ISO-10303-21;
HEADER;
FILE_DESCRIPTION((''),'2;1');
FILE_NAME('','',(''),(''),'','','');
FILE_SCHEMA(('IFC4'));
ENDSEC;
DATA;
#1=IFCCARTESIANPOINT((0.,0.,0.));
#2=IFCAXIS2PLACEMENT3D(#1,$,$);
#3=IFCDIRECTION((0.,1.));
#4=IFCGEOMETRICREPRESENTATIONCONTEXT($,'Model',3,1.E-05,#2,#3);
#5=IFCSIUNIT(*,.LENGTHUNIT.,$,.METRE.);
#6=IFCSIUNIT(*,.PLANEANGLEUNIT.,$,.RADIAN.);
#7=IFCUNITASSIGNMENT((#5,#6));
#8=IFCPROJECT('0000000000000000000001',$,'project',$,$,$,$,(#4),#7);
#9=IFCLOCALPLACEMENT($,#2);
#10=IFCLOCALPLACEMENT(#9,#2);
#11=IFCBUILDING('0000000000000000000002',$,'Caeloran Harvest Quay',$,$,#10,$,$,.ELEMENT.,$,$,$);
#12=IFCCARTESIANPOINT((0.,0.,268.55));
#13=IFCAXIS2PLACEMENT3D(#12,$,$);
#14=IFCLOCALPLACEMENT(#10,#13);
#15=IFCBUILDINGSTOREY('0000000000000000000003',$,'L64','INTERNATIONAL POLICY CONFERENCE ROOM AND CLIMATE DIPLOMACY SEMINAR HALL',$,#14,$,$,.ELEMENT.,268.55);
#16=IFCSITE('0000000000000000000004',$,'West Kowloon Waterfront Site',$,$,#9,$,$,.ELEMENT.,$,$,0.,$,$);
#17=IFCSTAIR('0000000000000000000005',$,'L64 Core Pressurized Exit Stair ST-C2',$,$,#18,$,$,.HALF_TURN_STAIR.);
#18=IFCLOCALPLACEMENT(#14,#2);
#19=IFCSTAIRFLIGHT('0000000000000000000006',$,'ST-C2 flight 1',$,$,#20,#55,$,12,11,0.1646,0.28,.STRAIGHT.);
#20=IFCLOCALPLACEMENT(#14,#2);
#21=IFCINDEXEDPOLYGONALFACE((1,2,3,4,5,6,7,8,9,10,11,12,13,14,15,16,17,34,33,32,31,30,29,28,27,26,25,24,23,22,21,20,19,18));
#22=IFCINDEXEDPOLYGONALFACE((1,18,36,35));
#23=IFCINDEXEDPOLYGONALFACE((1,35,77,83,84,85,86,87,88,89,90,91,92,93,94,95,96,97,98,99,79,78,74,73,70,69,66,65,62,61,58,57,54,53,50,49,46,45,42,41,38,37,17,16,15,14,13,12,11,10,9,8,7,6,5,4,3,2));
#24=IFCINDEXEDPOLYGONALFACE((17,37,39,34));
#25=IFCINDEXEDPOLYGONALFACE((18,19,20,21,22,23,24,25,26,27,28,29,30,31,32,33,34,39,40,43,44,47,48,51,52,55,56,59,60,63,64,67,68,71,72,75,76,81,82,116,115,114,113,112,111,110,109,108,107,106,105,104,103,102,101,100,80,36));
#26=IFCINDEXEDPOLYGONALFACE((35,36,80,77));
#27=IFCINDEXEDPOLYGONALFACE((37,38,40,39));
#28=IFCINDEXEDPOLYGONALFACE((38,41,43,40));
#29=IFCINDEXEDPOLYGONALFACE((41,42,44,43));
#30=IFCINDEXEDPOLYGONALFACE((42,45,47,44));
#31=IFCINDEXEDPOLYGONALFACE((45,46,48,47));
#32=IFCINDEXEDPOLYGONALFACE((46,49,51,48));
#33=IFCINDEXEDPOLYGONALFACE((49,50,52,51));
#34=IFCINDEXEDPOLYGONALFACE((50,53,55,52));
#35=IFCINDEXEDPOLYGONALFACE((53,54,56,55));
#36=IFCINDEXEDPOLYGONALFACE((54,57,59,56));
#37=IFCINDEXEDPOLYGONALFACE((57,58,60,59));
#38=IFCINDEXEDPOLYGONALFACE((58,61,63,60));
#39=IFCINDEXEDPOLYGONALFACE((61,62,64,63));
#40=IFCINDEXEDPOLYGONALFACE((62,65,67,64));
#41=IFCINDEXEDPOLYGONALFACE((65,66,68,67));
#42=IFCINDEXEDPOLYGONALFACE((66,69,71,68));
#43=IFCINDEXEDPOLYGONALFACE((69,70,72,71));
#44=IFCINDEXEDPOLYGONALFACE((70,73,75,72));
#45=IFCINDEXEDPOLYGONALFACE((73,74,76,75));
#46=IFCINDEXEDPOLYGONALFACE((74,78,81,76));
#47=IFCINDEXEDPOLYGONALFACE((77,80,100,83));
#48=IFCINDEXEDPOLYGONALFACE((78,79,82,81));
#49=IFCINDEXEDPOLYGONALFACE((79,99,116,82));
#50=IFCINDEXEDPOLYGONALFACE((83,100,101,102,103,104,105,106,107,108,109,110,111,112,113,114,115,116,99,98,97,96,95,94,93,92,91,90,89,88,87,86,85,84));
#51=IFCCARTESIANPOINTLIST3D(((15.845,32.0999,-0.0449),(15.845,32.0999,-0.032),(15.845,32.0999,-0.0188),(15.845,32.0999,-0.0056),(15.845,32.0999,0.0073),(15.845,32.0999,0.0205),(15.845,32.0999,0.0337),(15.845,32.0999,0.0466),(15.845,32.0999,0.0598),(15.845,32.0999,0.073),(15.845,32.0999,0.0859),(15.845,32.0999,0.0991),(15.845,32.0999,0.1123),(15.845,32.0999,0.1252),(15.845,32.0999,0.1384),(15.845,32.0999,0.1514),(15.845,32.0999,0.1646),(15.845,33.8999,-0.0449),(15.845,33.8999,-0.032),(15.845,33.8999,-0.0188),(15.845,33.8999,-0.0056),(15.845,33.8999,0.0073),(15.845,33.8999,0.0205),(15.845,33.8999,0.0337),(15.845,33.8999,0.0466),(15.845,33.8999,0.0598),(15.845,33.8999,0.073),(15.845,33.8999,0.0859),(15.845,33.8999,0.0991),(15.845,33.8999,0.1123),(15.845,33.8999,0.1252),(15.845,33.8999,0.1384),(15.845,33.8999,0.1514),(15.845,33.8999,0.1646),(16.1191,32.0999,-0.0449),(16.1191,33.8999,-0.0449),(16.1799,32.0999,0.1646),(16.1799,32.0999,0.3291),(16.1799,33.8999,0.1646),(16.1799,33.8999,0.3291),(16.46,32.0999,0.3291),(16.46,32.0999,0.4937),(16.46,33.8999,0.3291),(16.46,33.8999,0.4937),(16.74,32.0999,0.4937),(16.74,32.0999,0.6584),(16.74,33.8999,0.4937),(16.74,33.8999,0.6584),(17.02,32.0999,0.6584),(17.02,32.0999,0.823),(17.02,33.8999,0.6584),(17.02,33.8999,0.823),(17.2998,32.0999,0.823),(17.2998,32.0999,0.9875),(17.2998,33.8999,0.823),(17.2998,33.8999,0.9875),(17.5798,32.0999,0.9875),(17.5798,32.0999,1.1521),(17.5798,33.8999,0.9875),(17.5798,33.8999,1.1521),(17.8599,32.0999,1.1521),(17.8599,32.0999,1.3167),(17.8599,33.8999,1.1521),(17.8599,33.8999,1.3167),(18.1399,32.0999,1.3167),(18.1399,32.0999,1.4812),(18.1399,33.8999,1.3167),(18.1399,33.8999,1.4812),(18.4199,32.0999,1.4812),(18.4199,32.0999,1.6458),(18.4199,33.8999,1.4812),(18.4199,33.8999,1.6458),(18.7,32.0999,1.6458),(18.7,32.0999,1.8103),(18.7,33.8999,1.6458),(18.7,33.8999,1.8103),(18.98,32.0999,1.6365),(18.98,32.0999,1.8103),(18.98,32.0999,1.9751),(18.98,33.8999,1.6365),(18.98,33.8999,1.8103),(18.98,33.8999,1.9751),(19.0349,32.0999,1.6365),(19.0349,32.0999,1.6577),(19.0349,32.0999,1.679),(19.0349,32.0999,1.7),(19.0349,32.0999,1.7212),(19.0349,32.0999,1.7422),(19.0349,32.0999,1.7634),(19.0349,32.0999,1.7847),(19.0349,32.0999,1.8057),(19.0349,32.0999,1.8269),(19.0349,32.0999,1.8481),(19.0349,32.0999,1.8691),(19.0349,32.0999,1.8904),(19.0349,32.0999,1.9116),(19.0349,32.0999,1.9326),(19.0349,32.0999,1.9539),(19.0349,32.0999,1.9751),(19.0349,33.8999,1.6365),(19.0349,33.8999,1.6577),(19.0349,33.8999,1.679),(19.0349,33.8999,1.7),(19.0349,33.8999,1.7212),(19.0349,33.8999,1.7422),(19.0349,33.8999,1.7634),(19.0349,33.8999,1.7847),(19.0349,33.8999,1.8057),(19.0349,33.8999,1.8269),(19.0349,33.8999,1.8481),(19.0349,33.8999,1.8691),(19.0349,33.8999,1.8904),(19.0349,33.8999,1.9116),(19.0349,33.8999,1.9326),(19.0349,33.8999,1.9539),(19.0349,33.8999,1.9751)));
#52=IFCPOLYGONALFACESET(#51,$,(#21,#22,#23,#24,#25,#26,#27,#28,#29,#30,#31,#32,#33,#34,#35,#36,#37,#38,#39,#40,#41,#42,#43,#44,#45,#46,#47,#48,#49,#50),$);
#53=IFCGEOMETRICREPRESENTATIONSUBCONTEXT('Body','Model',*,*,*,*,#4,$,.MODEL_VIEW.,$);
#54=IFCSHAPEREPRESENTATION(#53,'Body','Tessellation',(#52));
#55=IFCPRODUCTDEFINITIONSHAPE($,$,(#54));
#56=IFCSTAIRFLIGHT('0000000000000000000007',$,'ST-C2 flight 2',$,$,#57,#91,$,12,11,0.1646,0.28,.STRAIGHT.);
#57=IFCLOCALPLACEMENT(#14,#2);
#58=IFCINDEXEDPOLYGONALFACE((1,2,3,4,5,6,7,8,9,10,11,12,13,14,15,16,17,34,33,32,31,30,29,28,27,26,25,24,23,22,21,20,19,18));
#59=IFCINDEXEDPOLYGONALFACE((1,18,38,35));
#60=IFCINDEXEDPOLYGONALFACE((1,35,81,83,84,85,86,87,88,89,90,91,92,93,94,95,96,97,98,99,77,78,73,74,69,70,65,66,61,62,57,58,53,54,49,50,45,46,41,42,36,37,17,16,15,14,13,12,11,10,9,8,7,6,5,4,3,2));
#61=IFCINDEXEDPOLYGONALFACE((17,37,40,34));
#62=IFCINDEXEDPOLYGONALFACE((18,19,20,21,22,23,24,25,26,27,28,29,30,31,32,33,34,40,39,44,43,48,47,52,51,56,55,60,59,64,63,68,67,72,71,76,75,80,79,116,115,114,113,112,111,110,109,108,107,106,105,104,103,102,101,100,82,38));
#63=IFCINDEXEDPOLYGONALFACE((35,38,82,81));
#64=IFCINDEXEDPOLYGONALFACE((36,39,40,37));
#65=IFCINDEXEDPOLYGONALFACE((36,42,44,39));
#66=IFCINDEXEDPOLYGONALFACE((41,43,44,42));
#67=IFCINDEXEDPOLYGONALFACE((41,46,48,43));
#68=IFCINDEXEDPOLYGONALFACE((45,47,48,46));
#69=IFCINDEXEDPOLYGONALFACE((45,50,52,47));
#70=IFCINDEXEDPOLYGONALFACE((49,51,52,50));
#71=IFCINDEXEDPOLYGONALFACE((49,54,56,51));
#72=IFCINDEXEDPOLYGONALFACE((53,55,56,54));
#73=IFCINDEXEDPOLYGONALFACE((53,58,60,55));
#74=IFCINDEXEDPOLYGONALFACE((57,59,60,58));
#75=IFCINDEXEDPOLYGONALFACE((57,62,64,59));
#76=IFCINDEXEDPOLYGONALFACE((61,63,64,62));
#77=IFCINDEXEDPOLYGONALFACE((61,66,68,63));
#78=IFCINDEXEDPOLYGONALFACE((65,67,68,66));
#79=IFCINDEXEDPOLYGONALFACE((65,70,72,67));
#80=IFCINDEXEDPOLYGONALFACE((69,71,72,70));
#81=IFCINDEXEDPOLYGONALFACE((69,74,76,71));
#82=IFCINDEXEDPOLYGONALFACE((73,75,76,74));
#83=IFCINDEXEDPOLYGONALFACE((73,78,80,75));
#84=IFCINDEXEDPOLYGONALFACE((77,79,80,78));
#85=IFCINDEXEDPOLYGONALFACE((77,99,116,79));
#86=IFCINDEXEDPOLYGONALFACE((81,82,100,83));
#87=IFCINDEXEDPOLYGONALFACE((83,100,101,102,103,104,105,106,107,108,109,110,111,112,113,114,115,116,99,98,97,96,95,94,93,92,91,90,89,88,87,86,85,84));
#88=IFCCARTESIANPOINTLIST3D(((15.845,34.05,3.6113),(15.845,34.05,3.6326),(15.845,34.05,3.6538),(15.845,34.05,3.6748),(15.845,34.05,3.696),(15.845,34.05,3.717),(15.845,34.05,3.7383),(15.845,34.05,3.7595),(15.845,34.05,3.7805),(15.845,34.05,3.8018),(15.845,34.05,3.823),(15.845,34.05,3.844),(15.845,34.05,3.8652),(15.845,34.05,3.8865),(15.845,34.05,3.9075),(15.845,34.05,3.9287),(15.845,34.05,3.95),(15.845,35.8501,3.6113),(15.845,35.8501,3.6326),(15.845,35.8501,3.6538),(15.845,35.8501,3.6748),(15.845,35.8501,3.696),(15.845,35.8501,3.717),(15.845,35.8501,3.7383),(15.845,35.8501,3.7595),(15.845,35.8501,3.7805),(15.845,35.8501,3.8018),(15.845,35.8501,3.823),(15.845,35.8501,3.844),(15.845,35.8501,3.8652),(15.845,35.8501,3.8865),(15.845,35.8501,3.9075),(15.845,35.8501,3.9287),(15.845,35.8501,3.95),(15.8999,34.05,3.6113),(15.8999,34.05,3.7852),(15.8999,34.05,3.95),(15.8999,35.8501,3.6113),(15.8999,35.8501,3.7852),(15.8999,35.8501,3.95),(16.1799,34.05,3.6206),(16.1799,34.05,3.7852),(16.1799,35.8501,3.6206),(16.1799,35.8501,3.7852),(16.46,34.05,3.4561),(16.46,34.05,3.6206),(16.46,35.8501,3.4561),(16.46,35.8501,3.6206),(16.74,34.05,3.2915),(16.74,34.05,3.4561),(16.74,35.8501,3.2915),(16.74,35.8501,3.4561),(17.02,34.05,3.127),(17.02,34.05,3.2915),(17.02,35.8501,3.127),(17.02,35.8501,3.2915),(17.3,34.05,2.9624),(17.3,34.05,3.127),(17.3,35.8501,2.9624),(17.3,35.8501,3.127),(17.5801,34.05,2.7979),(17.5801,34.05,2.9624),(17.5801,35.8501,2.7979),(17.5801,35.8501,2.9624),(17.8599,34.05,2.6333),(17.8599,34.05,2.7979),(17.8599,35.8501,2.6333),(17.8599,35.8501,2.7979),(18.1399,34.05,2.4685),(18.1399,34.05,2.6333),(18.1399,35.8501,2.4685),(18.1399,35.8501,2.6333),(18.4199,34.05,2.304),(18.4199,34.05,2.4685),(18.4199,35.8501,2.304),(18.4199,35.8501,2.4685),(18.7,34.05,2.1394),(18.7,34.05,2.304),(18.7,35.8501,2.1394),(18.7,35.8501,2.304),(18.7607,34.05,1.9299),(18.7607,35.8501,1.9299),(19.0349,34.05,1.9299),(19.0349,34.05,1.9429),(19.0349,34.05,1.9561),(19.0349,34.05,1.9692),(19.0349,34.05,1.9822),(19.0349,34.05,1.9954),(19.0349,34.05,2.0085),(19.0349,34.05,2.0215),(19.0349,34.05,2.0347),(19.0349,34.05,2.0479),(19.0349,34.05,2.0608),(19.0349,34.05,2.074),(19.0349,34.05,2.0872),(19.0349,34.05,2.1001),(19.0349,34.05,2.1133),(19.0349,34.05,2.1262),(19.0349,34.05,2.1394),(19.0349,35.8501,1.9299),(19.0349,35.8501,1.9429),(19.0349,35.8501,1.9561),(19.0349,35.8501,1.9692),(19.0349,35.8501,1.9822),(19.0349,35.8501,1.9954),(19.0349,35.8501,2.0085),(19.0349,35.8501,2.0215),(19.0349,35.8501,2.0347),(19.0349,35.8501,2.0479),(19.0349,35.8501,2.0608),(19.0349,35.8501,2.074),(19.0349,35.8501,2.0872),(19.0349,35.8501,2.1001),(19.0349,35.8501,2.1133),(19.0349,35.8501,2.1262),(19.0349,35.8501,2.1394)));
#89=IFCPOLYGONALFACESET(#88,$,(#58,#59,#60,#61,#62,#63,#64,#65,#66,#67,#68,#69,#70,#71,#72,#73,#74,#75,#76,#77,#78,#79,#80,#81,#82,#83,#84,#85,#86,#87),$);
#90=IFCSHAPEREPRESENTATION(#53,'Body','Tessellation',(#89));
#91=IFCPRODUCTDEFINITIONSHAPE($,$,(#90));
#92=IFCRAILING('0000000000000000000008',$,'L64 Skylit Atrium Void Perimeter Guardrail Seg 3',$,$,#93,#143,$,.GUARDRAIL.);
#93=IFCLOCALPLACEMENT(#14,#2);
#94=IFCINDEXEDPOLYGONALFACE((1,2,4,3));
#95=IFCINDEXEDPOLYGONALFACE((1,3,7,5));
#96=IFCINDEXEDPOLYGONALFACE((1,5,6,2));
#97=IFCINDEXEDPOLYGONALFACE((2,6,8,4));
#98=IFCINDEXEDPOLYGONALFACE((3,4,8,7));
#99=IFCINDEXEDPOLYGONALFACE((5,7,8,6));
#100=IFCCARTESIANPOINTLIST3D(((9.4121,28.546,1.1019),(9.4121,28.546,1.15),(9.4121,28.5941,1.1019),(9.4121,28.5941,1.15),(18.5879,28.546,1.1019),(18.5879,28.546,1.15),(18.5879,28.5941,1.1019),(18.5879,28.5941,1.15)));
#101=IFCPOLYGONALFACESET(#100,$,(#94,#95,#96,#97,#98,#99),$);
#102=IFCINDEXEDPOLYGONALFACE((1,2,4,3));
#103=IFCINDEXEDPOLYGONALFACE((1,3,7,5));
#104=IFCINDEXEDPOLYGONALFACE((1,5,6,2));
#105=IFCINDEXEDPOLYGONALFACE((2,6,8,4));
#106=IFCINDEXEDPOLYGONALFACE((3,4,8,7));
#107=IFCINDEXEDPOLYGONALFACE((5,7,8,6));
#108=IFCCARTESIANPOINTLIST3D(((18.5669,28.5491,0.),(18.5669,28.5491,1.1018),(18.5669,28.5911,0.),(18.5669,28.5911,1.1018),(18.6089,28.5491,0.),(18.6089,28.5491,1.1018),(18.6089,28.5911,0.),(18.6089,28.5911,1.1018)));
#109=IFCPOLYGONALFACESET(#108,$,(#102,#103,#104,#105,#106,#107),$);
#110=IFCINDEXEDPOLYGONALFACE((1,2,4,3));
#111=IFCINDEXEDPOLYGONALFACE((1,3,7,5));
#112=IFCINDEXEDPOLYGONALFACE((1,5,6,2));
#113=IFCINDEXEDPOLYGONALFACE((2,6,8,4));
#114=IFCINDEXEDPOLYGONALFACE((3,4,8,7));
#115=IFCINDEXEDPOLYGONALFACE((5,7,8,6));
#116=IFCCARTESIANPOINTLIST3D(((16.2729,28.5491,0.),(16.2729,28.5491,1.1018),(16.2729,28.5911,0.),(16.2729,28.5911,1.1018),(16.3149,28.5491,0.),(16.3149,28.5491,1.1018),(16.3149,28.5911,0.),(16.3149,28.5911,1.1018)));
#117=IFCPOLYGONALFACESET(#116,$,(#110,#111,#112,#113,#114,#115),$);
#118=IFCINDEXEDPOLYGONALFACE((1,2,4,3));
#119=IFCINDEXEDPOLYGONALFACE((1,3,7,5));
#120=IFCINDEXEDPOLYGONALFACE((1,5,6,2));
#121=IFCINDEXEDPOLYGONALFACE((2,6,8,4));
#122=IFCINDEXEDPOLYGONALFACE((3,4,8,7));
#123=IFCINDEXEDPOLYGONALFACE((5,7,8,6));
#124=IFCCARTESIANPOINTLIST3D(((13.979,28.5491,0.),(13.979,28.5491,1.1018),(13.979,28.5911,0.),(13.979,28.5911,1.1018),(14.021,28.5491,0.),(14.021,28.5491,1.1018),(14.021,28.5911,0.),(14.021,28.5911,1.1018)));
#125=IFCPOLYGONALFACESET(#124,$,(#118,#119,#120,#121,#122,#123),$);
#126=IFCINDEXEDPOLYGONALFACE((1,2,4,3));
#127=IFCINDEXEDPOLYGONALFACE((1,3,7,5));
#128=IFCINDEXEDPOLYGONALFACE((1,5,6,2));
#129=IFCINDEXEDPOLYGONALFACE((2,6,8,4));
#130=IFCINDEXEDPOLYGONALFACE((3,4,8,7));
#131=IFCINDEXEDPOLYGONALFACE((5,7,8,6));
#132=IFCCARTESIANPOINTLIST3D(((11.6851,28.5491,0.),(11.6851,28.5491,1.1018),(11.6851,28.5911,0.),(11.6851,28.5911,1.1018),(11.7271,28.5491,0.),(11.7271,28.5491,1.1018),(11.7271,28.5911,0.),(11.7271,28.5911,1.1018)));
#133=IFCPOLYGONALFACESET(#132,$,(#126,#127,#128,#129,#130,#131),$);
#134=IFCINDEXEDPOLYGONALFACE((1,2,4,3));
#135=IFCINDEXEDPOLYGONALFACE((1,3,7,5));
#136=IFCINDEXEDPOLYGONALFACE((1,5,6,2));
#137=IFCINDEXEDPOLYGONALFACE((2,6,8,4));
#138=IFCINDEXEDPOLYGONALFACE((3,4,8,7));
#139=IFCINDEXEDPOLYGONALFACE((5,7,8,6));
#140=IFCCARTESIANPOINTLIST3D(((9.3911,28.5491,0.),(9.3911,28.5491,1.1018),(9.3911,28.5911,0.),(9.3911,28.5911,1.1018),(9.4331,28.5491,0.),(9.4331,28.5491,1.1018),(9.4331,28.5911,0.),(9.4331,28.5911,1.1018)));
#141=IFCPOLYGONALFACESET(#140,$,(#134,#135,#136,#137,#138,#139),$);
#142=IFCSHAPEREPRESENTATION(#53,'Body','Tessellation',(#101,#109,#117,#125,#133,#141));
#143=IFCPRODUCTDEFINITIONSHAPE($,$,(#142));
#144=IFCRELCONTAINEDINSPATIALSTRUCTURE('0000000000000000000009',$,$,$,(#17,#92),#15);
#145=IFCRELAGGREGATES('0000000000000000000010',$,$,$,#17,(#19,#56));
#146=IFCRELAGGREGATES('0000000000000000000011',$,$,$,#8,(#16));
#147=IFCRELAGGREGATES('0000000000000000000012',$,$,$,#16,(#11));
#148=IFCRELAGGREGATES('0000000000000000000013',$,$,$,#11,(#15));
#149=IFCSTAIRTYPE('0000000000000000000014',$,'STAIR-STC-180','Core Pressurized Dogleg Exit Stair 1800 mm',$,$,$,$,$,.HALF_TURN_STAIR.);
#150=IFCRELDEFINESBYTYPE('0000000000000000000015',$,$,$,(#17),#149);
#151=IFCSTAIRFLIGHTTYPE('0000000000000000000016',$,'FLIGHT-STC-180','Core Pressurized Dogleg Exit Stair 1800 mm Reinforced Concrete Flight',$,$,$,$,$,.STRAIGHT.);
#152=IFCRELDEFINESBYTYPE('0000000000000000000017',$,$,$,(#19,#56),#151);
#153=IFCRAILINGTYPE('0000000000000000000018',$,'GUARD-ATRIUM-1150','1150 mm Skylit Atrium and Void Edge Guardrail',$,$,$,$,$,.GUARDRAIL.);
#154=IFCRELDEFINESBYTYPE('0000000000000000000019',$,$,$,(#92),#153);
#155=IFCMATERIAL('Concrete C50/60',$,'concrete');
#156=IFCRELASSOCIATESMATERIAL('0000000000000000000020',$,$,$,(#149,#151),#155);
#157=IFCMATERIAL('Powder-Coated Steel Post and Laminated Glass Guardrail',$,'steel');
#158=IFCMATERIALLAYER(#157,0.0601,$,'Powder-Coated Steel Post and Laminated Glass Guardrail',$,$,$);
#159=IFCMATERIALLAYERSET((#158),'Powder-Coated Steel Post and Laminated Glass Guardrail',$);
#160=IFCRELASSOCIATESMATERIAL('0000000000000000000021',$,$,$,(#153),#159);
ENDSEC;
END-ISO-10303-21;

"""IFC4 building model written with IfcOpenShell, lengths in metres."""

from ifc_helpers import new_model, si_unit, direction, frame, origin, origin_2d, place, context, subcontext, project, spatial, polyline, rectangle, outline, extrude, material, layer, layer_set, type_object, element, aggregate, save


model = new_model("IFC4")

# Units and contexts
model_context = context("Model", 3, precision=1e-05, world=origin(), true_north=direction((0.0, 1.0)))
body_context = subcontext(model_context, "Body", "Model", "MODEL_VIEW")
ifc_project = project(units=[si_unit("LENGTHUNIT", "METRE"), si_unit("PLANEANGLEUNIT", "RADIAN")], contexts=[model_context])

# Site, building, storey
site_placement = place(None, origin())
site = spatial("IfcSite", under=ifc_project, at=site_placement, Name="West Kowloon Waterfront Site", CompositionType="ELEMENT", RefElevation=0.0)
building_placement = place(site_placement, origin())
building = spatial("IfcBuilding", under=site, at=building_placement, Name="Caeloran Harvest Quay", CompositionType="ELEMENT")
storey_placement = place(building_placement, frame((0.0, 0.0, 268.55)))
storey = spatial("IfcBuildingStorey", under=building, at=storey_placement, Name="L64", Description="INTERNATIONAL POLICY CONFERENCE ROOM AND CLIMATE DIPLOMACY SEMINAR HALL", CompositionType="ELEMENT", Elevation=268.55)

# Shared definitions
ifc_material_1 = material(Name="Concrete C50/60", Category="concrete")
stair_type = type_object("IfcStairType", Name="STAIR-STC-180", Description="Core Pressurized Dogleg Exit Stair 1800 mm", PredefinedType="HALF_TURN_STAIR", material=ifc_material_1)
stair_flight_type = type_object("IfcStairFlightType", Name="FLIGHT-STC-180", Description="Core Pressurized Dogleg Exit Stair 1800 mm Reinforced Concrete Flight", PredefinedType="STRAIGHT", material=ifc_material_1)

# Stair, stair flights
stair_1_placement = place(storey_placement, origin())
stair_1 = element("IfcStair", 1, at=stair_1_placement, inside=storey, type_object=stair_type, Name="L64 Core Pressurized Exit Stair ST-C2", PredefinedType="HALF_TURN_STAIR")
stair_flight_1_placement = place(storey_placement, frame((15.8999, 33.0, 0.0), z_axis=(0.0, 0.0, 1.0), x_axis=(1.0, 0.0, 0.0)))
stair_flight_1 = element("IfcStairFlight", 2, at=stair_flight_1_placement, type_object=stair_flight_type, Name="ST-C2 flight 1", NumberOfRisers=12, NumberOfTreads=11, PredefinedType="STRAIGHT", RiserHeight=0.1646, TreadLength=0.28, context=body_context, shape_type="SweptSolid", body=[
    extrude(outline(polyline([(-0.0549, -0.0449), (-0.0549, -0.032), (-0.0549, -0.0188), (-0.0549, -0.0056), (-0.0549, 0.0073), (-0.0549, 0.0205), (-0.0549, 0.0337), (-0.0549, 0.0466), (-0.0549, 0.0598), (-0.0549, 0.073), (-0.0549, 0.0859), (-0.0549, 0.0991), (-0.0549, 0.1123), (-0.0549, 0.1252), (-0.0549, 0.1384), (-0.0549, 0.1514), (-0.0549, 0.1646), (0.28, 0.1646), (0.28, 0.3291), (0.5601, 0.3291), (0.5601, 0.4937), (0.8401, 0.4937), (0.8401, 0.6584), (1.1201, 0.6584), (1.1201, 0.823), (1.3999, 0.823), (1.3999, 0.9875), (1.6799, 0.9875), (1.6799, 1.1521), (1.96, 1.1521), (1.96, 1.3167), (2.24, 1.3167), (2.24, 1.4812), (2.52, 1.4812), (2.52, 1.6458), (2.8, 1.6458), (2.8, 1.8103), (3.0801, 1.8103), (3.0801, 1.9751), (3.135, 1.9751), (3.135, 1.9539), (3.135, 1.9326), (3.135, 1.9116), (3.135, 1.8904), (3.135, 1.8691), (3.135, 1.8481), (3.135, 1.8269), (3.135, 1.8057), (3.135, 1.7847), (3.135, 1.7634), (3.135, 1.7422), (3.135, 1.7212), (3.135, 1.7), (3.135, 1.679), (3.135, 1.6577), (3.135, 1.6365), (3.0801, 1.6365), (0.2192, -0.0449), (-0.0549, -0.0449)])), frame((0.0, 0.8999, 0.0), z_axis=(0.0, -1.0, 0.0), x_axis=(1.0, 0.0, 0.0)), (0.0, 0.0, 1.0), 1.8),
])
stair_flight_2_placement = place(storey_placement, frame((18.98, 34.95, 1.9749), z_axis=(0.0, 0.0, 1.0), x_axis=(-1.0, 0.0, 0.0)))
stair_flight_2 = element("IfcStairFlight", 3, at=stair_flight_2_placement, type_object=stair_flight_type, Name="ST-C2 flight 2", NumberOfRisers=12, NumberOfTreads=11, PredefinedType="STRAIGHT", RiserHeight=0.1646, TreadLength=0.28, context=body_context, shape_type="SweptSolid", body=[
    extrude(outline(polyline([(-0.0549, -0.0449), (-0.0549, -0.032), (-0.0549, -0.0188), (-0.0549, -0.0056), (-0.0549, 0.0073), (-0.0549, 0.0205), (-0.0549, 0.0337), (-0.0549, 0.0466), (-0.0549, 0.0598), (-0.0549, 0.073), (-0.0549, 0.0859), (-0.0549, 0.0991), (-0.0549, 0.1123), (-0.0549, 0.1252), (-0.0549, 0.1384), (-0.0549, 0.1514), (-0.0549, 0.1646), (0.28, 0.1646), (0.28, 0.3291), (0.5601, 0.3291), (0.5601, 0.4937), (0.8401, 0.4937), (0.8401, 0.6584), (1.1201, 0.6584), (1.1201, 0.823), (1.3999, 0.823), (1.3999, 0.9875), (1.6799, 0.9875), (1.6799, 1.1521), (1.96, 1.1521), (1.96, 1.3167), (2.24, 1.3167), (2.24, 1.4812), (2.52, 1.4812), (2.52, 1.6458), (2.8, 1.6458), (2.8, 1.8103), (3.0801, 1.8103), (3.0801, 1.9751), (3.135, 1.9751), (3.135, 1.9539), (3.135, 1.9326), (3.135, 1.9116), (3.135, 1.8904), (3.135, 1.8691), (3.135, 1.8481), (3.135, 1.8269), (3.135, 1.8057), (3.135, 1.7847), (3.135, 1.7634), (3.135, 1.7422), (3.135, 1.7212), (3.135, 1.7), (3.135, 1.679), (3.135, 1.6577), (3.135, 1.6365), (3.0801, 1.6365), (0.2192, -0.0449), (-0.0549, -0.0449)])), frame((0.0, 0.8999, 0.0), z_axis=(0.0, -1.0, 0.0), x_axis=(1.0, 0.0, 0.0)), (0.0, 0.0, 1.0), 1.8),
])
aggregate(stair_1, [stair_flight_1, stair_flight_2])

# Railing
ifc_material_2 = material(Name="Powder-Coated Steel Post and Laminated Glass Guardrail", Category="steel")
ifc_layer_1 = layer(ifc_material_2, 0.0601, Name="Powder-Coated Steel Post and Laminated Glass Guardrail")
ifc_layer_set_1 = layer_set([ifc_layer_1], Name="Powder-Coated Steel Post and Laminated Glass Guardrail")
railing_type_1 = type_object("IfcRailingType", Name="GUARD-ATRIUM-1150", Description="1150 mm Skylit Atrium and Void Edge Guardrail", PredefinedType="GUARDRAIL", material=ifc_layer_set_1)
railing_1_placement = place(storey_placement, frame((18.5879, 28.5701, 0.0)))
element("IfcRailing", 4, at=railing_1_placement, inside=storey, type_object=railing_type_1, Name="L64 Skylit Atrium Void Perimeter Guardrail Seg 3", PredefinedType="GUARDRAIL", context=body_context, shape_type="SweptSolid", body=[
    extrude(rectangle(XDim=0.0481, YDim=0.0481, at=origin_2d()), frame((0.0, 0.0, 1.126), z_axis=(-1.0, 0.0, 0.0), x_axis=(0.0, -1.0, 0.0)), (0.0, 0.0, 1.0), 9.1758),
    extrude(rectangle(XDim=0.042, YDim=0.042, at=origin_2d()), origin(), (0.0, 0.0, 1.0), 1.1018),
    extrude(rectangle(XDim=0.042, YDim=0.042, at=origin_2d()), frame((-2.2939, 0.0, 0.0)), (0.0, 0.0, 1.0), 1.1018),
    extrude(rectangle(XDim=0.042, YDim=0.042, at=origin_2d()), frame((-4.5879, 0.0, 0.0)), (0.0, 0.0, 1.0), 1.1018),
    extrude(rectangle(XDim=0.042, YDim=0.042, at=origin_2d()), frame((-6.8818, 0.0, 0.0)), (0.0, 0.0, 1.0), 1.1018),
    extrude(rectangle(XDim=0.042, YDim=0.042, at=origin_2d()), frame((-9.1758, 0.0, 0.0)), (0.0, 0.0, 1.0), 1.1018),
])

save(model, "model.ifc")
